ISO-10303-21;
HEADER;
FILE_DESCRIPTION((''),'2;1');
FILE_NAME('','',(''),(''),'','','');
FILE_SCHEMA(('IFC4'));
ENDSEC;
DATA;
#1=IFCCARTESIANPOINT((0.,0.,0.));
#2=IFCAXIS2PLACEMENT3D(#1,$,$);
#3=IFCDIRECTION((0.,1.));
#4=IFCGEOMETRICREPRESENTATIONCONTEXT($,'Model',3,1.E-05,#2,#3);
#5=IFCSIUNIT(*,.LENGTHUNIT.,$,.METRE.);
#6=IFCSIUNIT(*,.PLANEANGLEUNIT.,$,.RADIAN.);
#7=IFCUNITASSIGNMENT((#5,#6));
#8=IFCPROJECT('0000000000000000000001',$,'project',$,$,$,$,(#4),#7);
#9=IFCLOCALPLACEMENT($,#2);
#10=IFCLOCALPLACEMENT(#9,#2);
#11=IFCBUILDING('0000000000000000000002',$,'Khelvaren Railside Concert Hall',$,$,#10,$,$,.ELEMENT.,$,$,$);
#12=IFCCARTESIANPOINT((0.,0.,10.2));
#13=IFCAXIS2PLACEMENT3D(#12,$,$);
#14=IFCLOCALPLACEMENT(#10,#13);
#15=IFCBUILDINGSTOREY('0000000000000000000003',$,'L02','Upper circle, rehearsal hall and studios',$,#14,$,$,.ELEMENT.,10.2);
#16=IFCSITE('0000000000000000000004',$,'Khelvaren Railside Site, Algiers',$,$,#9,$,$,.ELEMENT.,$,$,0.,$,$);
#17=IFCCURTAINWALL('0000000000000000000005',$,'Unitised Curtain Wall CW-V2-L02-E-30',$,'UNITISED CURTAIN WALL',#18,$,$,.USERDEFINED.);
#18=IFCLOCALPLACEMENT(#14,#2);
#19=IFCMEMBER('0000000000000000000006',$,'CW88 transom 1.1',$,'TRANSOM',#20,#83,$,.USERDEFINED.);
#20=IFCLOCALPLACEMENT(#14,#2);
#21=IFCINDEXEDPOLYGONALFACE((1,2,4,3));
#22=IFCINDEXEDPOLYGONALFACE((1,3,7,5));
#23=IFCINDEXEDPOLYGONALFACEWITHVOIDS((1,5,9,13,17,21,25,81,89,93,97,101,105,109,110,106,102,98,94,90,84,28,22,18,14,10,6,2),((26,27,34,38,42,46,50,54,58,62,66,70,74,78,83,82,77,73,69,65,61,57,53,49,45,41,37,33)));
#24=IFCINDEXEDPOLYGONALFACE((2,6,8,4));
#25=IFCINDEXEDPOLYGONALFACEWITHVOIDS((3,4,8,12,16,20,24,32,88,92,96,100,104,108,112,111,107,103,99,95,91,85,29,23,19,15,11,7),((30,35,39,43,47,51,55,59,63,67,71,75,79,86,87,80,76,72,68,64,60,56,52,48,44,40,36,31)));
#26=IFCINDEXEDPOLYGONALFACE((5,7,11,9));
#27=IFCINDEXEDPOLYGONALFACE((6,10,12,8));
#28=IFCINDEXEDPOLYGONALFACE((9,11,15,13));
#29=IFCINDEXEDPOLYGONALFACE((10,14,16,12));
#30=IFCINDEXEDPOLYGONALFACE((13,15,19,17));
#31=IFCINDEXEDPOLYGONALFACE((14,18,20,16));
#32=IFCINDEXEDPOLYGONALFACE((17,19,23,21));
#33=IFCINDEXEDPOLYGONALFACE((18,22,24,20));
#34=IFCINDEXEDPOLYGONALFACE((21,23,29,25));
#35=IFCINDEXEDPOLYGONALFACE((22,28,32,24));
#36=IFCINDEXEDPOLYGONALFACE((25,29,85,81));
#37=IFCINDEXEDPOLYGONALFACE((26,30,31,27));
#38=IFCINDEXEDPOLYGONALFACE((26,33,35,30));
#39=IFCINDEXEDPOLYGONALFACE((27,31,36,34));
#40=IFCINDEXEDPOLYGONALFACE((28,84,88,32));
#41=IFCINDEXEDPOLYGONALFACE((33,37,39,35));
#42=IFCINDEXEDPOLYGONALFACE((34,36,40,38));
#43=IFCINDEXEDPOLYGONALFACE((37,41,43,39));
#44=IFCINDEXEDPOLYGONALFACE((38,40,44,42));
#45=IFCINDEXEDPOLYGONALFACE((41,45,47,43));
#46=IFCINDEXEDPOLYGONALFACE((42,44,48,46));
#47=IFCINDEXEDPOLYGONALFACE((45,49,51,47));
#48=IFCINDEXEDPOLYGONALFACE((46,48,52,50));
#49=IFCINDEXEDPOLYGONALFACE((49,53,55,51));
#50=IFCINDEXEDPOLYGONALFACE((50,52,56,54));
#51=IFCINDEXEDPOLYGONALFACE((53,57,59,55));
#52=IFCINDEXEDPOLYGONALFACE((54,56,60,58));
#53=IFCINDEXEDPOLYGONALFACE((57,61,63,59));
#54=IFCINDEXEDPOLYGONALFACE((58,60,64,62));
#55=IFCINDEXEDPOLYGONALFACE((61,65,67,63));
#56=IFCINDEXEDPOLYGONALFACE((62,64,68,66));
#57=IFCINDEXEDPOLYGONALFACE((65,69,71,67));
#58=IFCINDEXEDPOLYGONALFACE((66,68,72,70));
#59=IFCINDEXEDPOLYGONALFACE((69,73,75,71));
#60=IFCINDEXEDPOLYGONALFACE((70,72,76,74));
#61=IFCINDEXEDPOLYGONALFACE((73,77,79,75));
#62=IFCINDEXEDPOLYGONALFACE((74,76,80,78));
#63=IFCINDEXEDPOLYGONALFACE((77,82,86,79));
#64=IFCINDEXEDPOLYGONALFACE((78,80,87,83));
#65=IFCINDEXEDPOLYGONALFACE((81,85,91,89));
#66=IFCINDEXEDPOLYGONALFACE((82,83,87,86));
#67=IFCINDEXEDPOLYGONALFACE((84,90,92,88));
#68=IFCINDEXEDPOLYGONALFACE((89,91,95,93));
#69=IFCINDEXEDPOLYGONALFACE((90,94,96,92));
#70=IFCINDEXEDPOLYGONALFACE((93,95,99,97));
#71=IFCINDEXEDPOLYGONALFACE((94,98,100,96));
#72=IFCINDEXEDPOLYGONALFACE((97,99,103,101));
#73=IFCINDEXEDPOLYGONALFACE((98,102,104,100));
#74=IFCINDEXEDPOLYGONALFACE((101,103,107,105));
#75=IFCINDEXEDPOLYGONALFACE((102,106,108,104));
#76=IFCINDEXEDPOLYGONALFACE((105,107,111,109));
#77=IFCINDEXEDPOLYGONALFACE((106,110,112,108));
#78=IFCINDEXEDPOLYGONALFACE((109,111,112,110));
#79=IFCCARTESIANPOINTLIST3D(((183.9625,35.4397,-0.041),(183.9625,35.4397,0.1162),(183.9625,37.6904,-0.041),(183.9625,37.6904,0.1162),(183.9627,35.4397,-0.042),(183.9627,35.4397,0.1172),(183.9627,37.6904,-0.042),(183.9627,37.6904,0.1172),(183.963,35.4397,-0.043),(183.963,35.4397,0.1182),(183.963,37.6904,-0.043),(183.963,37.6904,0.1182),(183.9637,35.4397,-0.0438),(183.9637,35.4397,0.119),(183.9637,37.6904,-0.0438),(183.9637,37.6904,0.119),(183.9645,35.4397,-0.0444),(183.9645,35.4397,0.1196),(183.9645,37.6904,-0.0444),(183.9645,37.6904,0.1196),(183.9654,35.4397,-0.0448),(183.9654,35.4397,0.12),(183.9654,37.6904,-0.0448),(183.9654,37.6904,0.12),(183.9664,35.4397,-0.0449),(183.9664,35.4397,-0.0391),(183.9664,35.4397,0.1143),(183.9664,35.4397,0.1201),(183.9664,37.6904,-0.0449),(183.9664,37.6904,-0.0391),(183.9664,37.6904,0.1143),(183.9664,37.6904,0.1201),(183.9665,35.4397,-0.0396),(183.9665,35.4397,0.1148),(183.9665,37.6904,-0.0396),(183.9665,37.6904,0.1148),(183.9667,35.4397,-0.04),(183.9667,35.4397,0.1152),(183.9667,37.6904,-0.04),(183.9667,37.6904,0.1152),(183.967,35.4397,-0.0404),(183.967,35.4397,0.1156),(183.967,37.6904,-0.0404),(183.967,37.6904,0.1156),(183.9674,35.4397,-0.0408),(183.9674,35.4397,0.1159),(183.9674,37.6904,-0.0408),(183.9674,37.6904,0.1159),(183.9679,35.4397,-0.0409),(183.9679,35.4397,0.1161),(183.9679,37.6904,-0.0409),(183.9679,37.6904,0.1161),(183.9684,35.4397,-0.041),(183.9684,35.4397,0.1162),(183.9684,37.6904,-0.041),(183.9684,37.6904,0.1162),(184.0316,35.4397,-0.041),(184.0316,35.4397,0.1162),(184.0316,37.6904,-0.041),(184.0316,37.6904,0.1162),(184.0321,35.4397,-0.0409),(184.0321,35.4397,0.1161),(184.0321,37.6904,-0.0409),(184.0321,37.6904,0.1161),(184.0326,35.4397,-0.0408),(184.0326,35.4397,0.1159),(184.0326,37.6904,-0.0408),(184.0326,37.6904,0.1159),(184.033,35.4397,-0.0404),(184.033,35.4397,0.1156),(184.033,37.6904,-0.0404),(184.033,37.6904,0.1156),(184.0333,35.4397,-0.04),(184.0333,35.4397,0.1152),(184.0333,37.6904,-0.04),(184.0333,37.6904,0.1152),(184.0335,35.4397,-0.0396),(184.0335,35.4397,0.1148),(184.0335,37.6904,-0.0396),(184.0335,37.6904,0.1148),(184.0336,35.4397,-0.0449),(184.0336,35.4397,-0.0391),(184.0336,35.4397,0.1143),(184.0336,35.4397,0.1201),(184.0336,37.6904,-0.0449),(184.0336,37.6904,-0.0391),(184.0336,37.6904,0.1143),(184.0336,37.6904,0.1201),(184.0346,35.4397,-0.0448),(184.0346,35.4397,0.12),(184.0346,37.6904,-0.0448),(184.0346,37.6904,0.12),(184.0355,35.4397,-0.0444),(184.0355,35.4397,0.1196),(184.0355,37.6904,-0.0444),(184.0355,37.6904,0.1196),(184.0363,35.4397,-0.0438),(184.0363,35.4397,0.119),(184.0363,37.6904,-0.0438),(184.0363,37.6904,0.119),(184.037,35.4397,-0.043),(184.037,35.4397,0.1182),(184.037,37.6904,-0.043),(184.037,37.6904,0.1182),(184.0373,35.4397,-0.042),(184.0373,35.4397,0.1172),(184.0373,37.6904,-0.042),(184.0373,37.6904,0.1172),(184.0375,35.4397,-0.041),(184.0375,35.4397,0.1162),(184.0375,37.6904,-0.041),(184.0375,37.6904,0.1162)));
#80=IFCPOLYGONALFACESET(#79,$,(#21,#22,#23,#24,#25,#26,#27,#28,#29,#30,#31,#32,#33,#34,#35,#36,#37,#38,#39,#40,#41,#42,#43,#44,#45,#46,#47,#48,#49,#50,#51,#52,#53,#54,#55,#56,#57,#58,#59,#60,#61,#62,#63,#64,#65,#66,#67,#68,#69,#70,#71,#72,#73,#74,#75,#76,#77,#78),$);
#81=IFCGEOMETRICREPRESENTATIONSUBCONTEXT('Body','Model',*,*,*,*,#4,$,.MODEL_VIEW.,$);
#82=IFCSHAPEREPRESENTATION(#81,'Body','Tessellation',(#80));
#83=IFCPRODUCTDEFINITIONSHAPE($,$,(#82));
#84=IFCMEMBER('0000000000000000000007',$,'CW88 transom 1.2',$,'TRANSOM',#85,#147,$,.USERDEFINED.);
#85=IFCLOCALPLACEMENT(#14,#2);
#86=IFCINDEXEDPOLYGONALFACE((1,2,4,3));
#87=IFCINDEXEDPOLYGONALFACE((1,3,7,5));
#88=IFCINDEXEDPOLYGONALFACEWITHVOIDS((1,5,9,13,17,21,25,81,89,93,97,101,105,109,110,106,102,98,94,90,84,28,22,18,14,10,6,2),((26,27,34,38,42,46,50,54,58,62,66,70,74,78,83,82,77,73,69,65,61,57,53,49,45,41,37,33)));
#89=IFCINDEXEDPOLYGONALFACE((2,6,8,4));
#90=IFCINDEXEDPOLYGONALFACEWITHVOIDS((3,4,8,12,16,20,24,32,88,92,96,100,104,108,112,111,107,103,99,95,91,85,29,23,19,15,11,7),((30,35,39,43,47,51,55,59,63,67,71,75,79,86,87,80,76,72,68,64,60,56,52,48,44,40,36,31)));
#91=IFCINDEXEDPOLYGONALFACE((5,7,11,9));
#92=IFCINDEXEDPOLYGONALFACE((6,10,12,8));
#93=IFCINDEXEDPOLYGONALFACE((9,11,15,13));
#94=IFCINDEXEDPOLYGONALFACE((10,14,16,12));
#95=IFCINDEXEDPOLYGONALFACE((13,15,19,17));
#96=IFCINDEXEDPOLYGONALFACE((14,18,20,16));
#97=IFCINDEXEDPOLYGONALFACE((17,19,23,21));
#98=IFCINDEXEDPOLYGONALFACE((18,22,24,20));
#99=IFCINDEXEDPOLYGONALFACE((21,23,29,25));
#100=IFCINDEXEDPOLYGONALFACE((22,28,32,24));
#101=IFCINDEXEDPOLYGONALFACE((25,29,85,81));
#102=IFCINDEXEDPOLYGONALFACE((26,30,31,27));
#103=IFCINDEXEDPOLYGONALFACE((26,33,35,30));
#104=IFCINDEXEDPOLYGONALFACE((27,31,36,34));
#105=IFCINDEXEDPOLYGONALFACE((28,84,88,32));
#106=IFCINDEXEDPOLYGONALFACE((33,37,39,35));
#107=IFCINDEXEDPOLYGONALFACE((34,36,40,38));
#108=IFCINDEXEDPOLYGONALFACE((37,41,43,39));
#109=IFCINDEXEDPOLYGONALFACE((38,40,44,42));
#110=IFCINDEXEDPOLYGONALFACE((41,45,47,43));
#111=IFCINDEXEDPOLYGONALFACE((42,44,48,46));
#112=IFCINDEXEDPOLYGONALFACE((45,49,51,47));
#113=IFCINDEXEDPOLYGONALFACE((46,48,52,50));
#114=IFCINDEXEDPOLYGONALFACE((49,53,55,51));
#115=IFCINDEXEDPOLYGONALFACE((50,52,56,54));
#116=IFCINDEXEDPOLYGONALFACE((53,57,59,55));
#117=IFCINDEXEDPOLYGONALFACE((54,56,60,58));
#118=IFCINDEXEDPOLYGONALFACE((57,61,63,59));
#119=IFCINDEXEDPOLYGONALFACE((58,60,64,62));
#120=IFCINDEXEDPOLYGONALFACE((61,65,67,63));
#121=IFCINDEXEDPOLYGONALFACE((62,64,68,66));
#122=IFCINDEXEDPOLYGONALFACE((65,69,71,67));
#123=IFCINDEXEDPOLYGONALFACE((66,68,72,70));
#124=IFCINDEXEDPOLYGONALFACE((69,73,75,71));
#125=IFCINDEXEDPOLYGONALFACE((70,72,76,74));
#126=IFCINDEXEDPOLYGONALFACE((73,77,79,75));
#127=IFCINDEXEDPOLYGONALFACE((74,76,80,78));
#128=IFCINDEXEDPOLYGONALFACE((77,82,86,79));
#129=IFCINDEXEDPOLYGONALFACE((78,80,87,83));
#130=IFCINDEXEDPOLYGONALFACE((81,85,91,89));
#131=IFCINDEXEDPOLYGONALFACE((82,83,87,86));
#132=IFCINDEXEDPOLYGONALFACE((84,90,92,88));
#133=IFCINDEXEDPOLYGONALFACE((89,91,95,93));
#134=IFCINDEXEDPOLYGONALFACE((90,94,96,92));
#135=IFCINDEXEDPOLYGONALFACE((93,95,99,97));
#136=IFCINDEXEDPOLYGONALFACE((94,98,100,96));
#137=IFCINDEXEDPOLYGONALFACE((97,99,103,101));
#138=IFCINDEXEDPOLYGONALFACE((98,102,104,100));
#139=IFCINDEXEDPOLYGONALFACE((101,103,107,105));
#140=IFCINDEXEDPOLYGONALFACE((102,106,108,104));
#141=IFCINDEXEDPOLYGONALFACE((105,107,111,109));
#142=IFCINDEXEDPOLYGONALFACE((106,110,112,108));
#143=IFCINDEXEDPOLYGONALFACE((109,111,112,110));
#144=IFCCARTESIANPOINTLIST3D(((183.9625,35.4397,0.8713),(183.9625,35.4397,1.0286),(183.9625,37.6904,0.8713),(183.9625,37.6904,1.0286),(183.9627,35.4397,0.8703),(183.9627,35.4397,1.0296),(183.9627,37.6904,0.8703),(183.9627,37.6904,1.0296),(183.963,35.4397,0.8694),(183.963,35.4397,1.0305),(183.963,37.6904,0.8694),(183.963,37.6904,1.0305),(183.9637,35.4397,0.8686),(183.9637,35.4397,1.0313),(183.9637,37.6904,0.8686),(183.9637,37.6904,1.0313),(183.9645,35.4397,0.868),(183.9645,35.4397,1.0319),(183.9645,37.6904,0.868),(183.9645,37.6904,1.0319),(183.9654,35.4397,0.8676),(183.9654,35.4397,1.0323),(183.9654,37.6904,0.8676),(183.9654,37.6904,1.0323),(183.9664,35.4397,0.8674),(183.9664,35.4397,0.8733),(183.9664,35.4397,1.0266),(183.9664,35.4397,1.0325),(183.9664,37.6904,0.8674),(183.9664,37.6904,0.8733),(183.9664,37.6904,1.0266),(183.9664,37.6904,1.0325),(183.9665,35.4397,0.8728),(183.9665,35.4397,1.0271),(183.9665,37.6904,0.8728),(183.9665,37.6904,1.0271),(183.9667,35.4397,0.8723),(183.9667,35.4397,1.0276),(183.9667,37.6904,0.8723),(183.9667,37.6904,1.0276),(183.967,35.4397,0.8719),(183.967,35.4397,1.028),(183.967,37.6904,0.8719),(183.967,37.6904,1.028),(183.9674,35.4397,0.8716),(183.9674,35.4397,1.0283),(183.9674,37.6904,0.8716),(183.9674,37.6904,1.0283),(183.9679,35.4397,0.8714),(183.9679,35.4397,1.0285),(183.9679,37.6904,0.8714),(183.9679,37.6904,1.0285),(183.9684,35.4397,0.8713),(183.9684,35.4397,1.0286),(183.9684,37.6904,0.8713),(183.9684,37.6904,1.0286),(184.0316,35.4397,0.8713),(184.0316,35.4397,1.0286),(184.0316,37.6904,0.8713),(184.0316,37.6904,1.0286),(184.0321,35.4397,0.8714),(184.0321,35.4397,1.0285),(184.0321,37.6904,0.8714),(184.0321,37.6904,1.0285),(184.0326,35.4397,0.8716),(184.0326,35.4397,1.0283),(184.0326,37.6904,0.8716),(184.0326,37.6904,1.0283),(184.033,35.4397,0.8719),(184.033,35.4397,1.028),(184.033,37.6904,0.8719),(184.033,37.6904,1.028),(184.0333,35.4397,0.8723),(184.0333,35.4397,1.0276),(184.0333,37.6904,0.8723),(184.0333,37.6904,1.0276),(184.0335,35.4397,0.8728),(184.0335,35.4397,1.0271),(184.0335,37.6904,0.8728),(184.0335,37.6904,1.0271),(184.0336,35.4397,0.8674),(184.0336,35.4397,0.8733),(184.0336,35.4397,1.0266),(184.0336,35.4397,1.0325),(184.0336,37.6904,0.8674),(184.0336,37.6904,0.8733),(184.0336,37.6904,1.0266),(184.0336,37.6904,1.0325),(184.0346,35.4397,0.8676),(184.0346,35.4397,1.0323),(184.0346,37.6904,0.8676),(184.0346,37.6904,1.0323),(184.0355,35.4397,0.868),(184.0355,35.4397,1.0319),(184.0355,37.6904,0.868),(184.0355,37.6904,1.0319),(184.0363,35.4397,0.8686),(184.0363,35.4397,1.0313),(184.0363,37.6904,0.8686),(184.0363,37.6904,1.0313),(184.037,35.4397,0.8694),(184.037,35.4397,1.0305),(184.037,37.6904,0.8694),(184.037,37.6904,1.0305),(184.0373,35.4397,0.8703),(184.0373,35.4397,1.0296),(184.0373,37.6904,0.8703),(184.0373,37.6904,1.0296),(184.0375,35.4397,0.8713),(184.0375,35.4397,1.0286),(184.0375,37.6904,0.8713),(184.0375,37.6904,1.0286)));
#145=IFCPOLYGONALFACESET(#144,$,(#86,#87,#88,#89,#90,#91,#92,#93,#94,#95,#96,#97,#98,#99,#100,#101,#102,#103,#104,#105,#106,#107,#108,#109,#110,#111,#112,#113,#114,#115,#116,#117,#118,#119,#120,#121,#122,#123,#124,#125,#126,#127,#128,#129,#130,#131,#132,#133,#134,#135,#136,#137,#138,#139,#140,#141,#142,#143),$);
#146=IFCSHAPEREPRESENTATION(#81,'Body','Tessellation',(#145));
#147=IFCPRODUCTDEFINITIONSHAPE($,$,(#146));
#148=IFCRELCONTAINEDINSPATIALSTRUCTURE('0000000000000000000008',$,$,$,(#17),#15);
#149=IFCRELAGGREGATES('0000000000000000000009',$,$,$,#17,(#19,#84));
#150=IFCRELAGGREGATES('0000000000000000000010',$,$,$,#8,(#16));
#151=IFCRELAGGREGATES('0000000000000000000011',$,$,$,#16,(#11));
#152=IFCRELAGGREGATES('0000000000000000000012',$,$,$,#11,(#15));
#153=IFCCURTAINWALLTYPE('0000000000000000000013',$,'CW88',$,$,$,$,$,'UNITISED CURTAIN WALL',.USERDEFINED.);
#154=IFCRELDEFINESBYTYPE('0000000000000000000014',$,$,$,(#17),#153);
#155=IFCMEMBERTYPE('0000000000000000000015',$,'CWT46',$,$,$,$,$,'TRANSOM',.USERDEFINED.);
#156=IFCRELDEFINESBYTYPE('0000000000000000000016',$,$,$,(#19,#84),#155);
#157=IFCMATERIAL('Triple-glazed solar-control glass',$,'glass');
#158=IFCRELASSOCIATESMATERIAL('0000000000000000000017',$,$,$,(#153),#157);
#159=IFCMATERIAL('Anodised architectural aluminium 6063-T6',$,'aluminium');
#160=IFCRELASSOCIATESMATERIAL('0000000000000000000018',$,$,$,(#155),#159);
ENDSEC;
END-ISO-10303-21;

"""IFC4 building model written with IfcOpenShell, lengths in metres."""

from ifc_helpers import new_model, si_unit, direction, frame, origin, origin_2d, place, context, subcontext, project, spatial, hollow_rectangle, extrude, material, material_profile, profile_set, type_object, element, aggregate, save


model = new_model("IFC4")

# Units and contexts
model_context = context("Model", 3, precision=1e-05, world=origin(), true_north=direction((0.0, 1.0)))
body_context = subcontext(model_context, "Body", "Model", "MODEL_VIEW")
ifc_project = project(units=[si_unit("LENGTHUNIT", "METRE"), si_unit("PLANEANGLEUNIT", "RADIAN")], contexts=[model_context])

# Site, building, storey
site_placement = place(None, origin())
site = spatial("IfcSite", under=ifc_project, at=site_placement, Name="Khelvaren Railside Site, Algiers", CompositionType="ELEMENT", RefElevation=0.0)
building_placement = place(site_placement, origin())
building = spatial("IfcBuilding", under=site, at=building_placement, Name="Khelvaren Railside Concert Hall", CompositionType="ELEMENT")
storey_placement = place(building_placement, frame((0.0, 0.0, 10.2)))
storey = spatial("IfcBuildingStorey", under=building, at=storey_placement, Name="L02", Description="Upper circle, rehearsal hall and studios", CompositionType="ELEMENT", Elevation=10.2)

# Curtain wall, members
ifc_material_1 = material(Name="Anodised architectural aluminium 6063-T6", Category="aluminium")
ifc_material_2 = material(Name="Triple-glazed solar-control glass", Category="glass")
curtain_wall_type_1 = type_object("IfcCurtainWallType", Name="CW88", ElementType="UNITISED CURTAIN WALL", PredefinedType="USERDEFINED", material=ifc_material_2)
curtain_wall_1_placement = place(storey_placement, origin())
curtain_wall_1 = element("IfcCurtainWall", 1, at=curtain_wall_1_placement, inside=storey, type_object=curtain_wall_type_1, Name="Unitised Curtain Wall CW-V2-L02-E-30", ObjectType="UNITISED CURTAIN WALL", PredefinedType="USERDEFINED")
ifc_material_profile_1 = material_profile(ifc_material_1, hollow_rectangle(XDim=0.075, YDim=0.165, WallThickness=0.0039, InnerFilletRadius=0.002, OuterFilletRadius=0.0039, at=origin_2d()), Name="CWT 75x165x4")
ifc_profile_set_1 = profile_set([ifc_material_profile_1], Name="Anodised architectural aluminium 6063-T6")
member_type_1 = type_object("IfcMemberType", Name="CWT46", ElementType="TRANSOM", PredefinedType="USERDEFINED", material=ifc_profile_set_1)
member_1_placement = place(storey_placement, frame((184.0, 37.6904, 0.0376), z_axis=(0.0, -1.0, 0.0), x_axis=(1.0, 0.0, 0.0)))
member_1 = element("IfcMember", 2, at=member_1_placement, type_object=member_type_1, Name="CW88 transom 1.1", ObjectType="TRANSOM", PredefinedType="USERDEFINED", context=body_context, shape_type="SweptSolid", body=[
    extrude(hollow_rectangle(XDim=0.075, YDim=0.165, WallThickness=0.0039, InnerFilletRadius=0.002, OuterFilletRadius=0.0039, at=origin_2d()), origin(), (0.0, 0.0, 1.0), 2.2507),
])
member_2_placement = place(storey_placement, frame((184.0, 37.6904, 0.95), z_axis=(0.0, -1.0, 0.0), x_axis=(1.0, 0.0, 0.0)))
member_2 = element("IfcMember", 3, at=member_2_placement, type_object=member_type_1, Name="CW88 transom 1.2", ObjectType="TRANSOM", PredefinedType="USERDEFINED", context=body_context, shape_type="SweptSolid", body=[
    extrude(hollow_rectangle(XDim=0.075, YDim=0.165, WallThickness=0.0039, InnerFilletRadius=0.002, OuterFilletRadius=0.0039, at=origin_2d()), origin(), (0.0, 0.0, 1.0), 2.2507),
])

aggregate(curtain_wall_1, [member_1, member_2])

save(model, "model.ifc")
